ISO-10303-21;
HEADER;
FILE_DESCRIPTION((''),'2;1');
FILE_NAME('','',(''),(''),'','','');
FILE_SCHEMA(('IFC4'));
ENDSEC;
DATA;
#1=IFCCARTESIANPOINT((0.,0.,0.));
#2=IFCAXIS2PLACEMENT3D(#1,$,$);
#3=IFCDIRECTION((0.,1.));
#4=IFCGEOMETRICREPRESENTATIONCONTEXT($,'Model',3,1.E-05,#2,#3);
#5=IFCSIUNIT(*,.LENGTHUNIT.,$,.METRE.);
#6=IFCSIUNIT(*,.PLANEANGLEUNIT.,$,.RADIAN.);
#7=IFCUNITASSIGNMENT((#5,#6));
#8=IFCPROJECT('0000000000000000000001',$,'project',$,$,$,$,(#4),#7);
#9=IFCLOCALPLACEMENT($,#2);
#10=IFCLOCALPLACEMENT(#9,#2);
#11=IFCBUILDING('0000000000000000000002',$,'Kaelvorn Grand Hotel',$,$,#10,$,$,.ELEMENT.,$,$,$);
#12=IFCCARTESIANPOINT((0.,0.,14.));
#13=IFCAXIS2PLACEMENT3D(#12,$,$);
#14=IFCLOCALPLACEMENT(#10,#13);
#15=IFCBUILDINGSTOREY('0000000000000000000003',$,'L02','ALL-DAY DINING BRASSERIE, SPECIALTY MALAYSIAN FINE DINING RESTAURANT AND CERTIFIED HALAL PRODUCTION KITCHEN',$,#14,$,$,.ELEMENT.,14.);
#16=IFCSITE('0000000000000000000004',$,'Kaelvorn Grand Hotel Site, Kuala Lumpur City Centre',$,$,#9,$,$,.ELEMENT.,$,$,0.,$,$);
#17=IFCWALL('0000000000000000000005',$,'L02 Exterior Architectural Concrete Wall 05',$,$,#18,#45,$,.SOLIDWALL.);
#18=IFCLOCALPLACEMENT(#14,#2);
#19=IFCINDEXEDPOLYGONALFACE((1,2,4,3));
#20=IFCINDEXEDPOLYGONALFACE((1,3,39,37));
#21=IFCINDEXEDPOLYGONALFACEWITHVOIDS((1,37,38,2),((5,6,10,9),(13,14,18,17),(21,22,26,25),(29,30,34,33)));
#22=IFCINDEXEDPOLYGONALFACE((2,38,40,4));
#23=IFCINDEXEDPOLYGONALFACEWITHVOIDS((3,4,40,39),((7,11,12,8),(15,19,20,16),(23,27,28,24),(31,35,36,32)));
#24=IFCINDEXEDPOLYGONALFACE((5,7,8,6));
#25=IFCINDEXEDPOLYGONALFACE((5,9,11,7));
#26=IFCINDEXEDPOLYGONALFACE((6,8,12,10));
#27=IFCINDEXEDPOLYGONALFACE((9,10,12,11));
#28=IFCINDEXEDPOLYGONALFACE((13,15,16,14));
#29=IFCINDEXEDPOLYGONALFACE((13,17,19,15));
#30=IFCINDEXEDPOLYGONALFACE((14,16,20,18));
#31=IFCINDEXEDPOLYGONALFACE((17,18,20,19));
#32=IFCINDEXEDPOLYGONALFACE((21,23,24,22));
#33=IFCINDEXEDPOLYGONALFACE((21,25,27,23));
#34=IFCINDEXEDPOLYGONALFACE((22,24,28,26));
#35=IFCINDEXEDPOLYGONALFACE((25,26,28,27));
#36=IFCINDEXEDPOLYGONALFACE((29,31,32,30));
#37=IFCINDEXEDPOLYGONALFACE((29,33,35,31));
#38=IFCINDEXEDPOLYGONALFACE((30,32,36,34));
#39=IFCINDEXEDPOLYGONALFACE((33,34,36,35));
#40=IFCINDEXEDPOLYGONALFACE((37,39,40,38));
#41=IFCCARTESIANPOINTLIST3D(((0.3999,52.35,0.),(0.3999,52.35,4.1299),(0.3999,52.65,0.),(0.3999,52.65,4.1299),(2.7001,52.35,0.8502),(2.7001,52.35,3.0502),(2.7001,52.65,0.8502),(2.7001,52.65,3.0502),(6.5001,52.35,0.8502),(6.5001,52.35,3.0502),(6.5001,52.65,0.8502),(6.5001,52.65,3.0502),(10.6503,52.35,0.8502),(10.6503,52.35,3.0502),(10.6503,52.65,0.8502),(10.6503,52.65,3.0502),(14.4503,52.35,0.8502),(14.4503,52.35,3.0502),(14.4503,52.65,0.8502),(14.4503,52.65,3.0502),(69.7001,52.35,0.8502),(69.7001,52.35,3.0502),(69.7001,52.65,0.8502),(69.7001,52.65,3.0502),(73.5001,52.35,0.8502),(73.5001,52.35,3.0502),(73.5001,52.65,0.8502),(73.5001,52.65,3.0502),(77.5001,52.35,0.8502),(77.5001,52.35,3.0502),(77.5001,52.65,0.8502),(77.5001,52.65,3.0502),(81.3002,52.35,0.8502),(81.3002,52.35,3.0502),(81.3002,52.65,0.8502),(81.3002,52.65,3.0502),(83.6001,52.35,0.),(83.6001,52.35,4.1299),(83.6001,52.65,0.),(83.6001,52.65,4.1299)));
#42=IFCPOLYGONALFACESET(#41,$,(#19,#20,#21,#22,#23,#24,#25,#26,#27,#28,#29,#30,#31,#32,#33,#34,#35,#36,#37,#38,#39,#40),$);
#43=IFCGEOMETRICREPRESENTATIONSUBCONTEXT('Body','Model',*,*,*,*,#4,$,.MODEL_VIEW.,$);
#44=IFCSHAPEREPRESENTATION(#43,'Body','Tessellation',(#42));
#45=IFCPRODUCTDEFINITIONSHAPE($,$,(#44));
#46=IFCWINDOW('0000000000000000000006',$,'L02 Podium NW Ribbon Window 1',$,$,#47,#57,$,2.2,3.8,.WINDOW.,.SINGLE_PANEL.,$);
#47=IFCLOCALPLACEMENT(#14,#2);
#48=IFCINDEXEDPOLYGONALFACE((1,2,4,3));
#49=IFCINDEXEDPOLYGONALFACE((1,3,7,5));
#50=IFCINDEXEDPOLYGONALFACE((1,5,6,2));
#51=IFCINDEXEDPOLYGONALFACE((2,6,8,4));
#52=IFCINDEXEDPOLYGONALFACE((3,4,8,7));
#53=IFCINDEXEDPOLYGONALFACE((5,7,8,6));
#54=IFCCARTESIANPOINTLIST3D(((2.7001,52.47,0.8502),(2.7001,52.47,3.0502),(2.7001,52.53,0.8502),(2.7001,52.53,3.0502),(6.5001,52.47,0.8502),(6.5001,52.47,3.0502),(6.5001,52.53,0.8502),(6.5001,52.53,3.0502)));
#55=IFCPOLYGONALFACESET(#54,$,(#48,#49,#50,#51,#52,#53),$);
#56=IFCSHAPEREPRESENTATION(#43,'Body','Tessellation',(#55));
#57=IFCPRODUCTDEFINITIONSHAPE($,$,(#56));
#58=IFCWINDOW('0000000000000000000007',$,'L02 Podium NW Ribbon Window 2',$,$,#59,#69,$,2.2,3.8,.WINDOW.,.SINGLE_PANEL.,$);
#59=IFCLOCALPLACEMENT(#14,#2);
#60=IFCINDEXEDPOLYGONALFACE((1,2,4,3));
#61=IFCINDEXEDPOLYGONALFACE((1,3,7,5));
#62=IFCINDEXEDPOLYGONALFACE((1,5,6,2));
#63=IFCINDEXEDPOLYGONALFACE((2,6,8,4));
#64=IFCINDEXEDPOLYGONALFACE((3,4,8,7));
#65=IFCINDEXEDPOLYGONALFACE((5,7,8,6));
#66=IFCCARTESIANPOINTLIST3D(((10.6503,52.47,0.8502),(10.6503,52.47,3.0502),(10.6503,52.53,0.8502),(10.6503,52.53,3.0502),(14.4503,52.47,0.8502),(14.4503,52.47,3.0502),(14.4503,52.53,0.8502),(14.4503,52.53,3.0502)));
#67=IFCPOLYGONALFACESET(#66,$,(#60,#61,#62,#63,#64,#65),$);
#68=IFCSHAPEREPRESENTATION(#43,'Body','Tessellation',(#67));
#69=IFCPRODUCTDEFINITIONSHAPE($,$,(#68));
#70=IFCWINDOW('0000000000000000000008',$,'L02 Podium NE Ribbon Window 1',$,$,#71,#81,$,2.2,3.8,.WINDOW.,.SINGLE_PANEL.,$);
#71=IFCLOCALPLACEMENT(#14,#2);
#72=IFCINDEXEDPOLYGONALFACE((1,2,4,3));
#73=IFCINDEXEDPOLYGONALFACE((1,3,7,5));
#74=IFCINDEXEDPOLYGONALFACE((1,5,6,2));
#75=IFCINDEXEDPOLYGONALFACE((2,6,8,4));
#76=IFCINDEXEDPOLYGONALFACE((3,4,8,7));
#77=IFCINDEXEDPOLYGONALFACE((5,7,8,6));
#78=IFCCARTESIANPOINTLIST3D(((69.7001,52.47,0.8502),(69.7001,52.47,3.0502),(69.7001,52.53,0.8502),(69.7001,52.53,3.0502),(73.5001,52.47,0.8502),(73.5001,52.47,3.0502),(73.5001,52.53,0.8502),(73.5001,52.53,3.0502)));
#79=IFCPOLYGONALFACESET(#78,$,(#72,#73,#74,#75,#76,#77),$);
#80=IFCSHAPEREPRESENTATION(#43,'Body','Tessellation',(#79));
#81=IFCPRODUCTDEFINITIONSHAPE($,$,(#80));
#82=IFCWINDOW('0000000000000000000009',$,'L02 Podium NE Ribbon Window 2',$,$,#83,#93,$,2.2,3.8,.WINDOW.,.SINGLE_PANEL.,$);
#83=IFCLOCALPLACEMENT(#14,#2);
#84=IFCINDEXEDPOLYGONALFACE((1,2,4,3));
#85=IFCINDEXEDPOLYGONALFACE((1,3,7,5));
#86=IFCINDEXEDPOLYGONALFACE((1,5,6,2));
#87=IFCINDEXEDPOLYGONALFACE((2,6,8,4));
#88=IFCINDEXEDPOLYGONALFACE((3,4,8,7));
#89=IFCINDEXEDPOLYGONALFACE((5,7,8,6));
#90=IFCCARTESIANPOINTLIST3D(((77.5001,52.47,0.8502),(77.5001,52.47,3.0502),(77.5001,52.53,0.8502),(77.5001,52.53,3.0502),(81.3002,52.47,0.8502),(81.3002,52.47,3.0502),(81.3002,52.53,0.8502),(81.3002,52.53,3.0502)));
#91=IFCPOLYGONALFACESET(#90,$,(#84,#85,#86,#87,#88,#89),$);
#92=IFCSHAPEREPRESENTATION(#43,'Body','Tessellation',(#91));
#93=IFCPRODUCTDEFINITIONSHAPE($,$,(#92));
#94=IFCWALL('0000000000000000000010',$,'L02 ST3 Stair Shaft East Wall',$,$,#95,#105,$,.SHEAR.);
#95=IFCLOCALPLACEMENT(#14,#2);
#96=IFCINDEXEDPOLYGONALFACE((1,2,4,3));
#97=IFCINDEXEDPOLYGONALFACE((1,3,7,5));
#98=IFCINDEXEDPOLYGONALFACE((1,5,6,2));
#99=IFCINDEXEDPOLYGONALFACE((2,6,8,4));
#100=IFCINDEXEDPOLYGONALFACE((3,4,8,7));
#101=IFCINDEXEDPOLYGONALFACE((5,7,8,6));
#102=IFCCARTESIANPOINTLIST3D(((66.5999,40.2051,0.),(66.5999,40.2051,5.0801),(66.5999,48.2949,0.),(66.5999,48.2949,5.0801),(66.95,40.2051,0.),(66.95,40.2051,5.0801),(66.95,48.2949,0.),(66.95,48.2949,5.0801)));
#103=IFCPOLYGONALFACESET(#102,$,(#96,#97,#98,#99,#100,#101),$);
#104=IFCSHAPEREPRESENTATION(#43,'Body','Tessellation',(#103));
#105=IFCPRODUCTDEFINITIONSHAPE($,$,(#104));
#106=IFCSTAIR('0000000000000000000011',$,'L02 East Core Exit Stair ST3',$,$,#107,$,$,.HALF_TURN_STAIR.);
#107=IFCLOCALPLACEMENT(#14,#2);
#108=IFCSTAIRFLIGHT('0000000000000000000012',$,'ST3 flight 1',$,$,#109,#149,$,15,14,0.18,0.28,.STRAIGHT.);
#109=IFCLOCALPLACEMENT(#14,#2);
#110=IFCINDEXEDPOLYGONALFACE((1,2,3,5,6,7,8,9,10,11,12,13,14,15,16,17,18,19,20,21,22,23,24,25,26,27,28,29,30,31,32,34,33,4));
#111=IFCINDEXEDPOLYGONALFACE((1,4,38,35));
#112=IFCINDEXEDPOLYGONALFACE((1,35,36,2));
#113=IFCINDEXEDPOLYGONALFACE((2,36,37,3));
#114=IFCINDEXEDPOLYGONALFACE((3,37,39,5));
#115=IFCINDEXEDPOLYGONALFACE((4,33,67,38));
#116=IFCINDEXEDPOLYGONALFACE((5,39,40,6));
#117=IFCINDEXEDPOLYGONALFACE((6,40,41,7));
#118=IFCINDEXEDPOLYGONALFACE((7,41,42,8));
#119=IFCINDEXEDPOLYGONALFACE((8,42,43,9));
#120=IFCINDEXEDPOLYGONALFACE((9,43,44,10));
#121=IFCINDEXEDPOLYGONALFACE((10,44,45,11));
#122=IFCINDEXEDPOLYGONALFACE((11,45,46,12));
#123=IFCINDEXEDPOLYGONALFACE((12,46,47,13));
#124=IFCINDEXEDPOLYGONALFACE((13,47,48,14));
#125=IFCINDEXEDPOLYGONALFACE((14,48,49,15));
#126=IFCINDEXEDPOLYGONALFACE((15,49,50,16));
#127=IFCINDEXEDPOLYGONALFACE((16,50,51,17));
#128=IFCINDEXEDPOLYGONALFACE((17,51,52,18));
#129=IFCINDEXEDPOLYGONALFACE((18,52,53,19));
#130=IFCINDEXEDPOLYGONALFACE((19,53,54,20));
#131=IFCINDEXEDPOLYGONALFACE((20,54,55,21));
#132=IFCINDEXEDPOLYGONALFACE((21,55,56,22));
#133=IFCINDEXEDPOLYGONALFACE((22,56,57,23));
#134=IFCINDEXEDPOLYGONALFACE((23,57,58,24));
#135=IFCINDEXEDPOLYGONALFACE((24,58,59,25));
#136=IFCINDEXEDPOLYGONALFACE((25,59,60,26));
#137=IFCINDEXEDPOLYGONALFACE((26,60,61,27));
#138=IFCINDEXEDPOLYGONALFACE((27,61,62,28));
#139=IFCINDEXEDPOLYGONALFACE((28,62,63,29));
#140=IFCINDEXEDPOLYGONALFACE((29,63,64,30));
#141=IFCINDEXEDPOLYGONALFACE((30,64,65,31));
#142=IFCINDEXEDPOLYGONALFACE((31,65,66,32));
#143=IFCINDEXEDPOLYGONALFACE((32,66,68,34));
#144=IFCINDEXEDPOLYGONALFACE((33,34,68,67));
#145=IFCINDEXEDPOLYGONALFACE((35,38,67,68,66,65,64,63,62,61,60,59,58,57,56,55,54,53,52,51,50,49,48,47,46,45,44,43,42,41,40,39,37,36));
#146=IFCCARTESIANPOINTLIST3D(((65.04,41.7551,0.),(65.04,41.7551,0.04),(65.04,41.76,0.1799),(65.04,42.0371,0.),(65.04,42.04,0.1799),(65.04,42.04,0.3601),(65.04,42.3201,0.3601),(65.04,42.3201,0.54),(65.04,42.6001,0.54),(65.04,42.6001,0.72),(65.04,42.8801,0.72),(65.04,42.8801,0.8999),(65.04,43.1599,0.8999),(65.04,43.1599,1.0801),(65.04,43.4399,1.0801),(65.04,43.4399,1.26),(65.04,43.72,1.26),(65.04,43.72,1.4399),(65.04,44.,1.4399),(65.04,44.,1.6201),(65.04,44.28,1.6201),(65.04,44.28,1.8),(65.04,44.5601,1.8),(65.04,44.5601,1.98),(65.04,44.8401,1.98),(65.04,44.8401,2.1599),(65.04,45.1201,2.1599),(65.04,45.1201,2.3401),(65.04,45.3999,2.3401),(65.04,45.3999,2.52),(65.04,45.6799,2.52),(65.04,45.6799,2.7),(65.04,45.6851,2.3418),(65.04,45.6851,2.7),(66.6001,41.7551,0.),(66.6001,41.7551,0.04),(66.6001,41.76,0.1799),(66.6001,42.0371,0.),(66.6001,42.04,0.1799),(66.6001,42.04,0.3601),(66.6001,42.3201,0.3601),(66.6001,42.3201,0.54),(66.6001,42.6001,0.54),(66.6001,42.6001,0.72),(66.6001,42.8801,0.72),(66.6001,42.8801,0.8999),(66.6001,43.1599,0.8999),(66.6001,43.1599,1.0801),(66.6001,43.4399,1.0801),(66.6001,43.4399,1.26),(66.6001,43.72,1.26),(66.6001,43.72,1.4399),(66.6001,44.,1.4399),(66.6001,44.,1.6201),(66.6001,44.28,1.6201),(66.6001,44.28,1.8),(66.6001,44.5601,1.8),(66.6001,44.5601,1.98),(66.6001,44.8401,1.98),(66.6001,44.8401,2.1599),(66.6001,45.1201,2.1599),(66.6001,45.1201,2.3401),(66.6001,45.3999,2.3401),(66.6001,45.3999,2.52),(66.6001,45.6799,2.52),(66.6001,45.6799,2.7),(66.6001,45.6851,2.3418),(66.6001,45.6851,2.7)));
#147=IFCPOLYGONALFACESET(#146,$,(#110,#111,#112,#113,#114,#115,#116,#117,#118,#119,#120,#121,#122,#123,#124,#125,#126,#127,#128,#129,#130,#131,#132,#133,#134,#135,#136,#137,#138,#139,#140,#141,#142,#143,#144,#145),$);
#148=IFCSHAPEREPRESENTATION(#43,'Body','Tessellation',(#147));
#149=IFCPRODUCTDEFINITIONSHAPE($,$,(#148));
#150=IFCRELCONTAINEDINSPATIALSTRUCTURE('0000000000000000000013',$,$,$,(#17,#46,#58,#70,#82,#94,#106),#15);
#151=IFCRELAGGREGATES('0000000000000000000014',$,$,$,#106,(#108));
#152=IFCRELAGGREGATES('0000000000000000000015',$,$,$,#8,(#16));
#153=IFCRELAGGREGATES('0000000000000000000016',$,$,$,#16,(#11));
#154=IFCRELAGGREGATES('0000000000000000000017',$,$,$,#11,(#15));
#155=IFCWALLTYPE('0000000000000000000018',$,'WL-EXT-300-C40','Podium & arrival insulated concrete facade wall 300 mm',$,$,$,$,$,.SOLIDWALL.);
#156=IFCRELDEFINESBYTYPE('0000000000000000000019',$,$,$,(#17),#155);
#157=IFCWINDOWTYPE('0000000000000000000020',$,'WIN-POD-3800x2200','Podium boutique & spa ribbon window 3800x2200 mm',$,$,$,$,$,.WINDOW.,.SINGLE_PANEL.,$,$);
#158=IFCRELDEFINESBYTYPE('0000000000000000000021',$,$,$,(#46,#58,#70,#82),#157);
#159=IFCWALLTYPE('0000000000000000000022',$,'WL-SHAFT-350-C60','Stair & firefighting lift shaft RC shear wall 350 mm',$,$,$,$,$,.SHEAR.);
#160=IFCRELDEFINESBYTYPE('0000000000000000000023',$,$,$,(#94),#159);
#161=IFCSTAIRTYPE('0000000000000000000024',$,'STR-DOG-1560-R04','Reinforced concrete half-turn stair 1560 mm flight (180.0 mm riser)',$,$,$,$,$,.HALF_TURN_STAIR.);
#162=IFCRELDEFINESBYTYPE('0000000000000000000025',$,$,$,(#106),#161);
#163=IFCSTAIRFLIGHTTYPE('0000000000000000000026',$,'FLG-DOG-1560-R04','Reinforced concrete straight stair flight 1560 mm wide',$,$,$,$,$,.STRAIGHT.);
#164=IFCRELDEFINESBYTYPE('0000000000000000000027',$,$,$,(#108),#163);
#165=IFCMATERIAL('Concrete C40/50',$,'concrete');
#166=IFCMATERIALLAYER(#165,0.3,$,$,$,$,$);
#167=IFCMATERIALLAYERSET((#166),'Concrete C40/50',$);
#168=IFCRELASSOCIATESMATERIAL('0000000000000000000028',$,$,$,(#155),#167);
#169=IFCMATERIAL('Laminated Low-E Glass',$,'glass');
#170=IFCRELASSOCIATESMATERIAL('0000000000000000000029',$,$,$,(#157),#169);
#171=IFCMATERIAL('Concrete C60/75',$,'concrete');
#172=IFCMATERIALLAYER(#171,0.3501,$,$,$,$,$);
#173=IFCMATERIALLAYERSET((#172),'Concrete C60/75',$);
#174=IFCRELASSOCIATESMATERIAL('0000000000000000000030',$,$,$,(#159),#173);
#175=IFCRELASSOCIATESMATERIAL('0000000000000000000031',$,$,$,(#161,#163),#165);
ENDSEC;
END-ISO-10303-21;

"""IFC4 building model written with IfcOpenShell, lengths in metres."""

from ifc_helpers import new_model, si_unit, direction, frame, frame_2d, origin, place, context, subcontext, project, spatial, polyline, rectangle, outline, extrude, material, layer, layer_set, type_object, element, fill, aggregate, save


model = new_model("IFC4")

# Units and contexts
model_context = context("Model", 3, precision=1e-05, world=origin(), true_north=direction((0.0, 1.0)))
body_context = subcontext(model_context, "Body", "Model", "MODEL_VIEW")
ifc_project = project(units=[si_unit("LENGTHUNIT", "METRE"), si_unit("PLANEANGLEUNIT", "RADIAN")], contexts=[model_context])

# Site, building, storey
site_placement = place(None, origin())
site = spatial("IfcSite", under=ifc_project, at=site_placement, Name="Kaelvorn Grand Hotel Site, Kuala Lumpur City Centre", CompositionType="ELEMENT", RefElevation=0.0)
building_placement = place(site_placement, origin())
building = spatial("IfcBuilding", under=site, at=building_placement, Name="Kaelvorn Grand Hotel", CompositionType="ELEMENT")
storey_placement = place(building_placement, frame((0.0, 0.0, 14.0)))
storey = spatial("IfcBuildingStorey", under=building, at=storey_placement, Name="L02", Description="ALL-DAY DINING BRASSERIE, SPECIALTY MALAYSIAN FINE DINING RESTAURANT AND CERTIFIED HALAL PRODUCTION KITCHEN", CompositionType="ELEMENT", Elevation=14.0)

# Shared definitions
ifc_material_1 = material(Name="Concrete C60/75", Category="concrete")

# Shared definitions
ifc_material_2 = material(Name="Concrete C40/50", Category="concrete")
ifc_layer_1 = layer(ifc_material_2, 0.3)
ifc_layer_set_1 = layer_set([ifc_layer_1], Name="Concrete C40/50")
wall_type_1 = type_object("IfcWallType", Name="WL-EXT-300-C40", Description="Podium & arrival insulated concrete facade wall 300 mm", PredefinedType="SOLIDWALL", material=ifc_layer_set_1)
ifc_material_3 = material(Name="Laminated Low-E Glass", Category="glass")

# Wall, openings, windows
wall_1_placement = place(storey_placement, frame((83.6001, 52.5, 0.0), z_axis=(0.0, 0.0, 1.0), x_axis=(-1.0, 0.0, 0.0)))
wall_1 = element("IfcWall", 1, at=wall_1_placement, inside=storey, type_object=wall_type_1, Name="L02 Exterior Architectural Concrete Wall 05", PredefinedType="SOLIDWALL", context=body_context, shape_type="SweptSolid", body=[
    extrude(rectangle(XDim=83.2002, YDim=0.3, at=frame_2d((41.6001, 0.0))), origin(), (0.0, 0.0, 1.0), 4.1299),
])
opening_1_placement = place(wall_1_placement, frame((77.1001, 0.0, 0.8501)))
opening_1 = element("IfcOpeningElement", 2, at=opening_1_placement, cuts=wall_1, PredefinedType="OPENING", context=body_context, shape_type="SweptSolid", body=[
    extrude(rectangle(XDim=3.8, YDim=2.2, at=frame_2d((1.8999, 1.1001))), frame((0.0, 0.1602, 0.0), z_axis=(0.0, -1.0, 0.0), x_axis=(1.0, 0.0, 0.0)), (0.0, 0.0, 1.0), 0.3201),
])
opening_2_placement = place(wall_1_placement, frame((69.1499, 0.0, 0.8501)))
opening_2 = element("IfcOpeningElement", 3, at=opening_2_placement, cuts=wall_1, PredefinedType="OPENING", context=body_context, shape_type="SweptSolid", body=[
    extrude(rectangle(XDim=3.8, YDim=2.2, at=frame_2d((1.8999, 1.1001))), frame((0.0, 0.1602, 0.0), z_axis=(0.0, -1.0, 0.0), x_axis=(1.0, 0.0, 0.0)), (0.0, 0.0, 1.0), 0.3201),
])
opening_3_placement = place(wall_1_placement, frame((10.1001, 0.0, 0.8501)))
opening_3 = element("IfcOpeningElement", 4, at=opening_3_placement, cuts=wall_1, PredefinedType="OPENING", context=body_context, shape_type="SweptSolid", body=[
    extrude(rectangle(XDim=3.8, YDim=2.2, at=frame_2d((1.8999, 1.1001))), frame((0.0, 0.1602, 0.0), z_axis=(0.0, -1.0, 0.0), x_axis=(1.0, 0.0, 0.0)), (0.0, 0.0, 1.0), 0.3201),
])
opening_4_placement = place(wall_1_placement, frame((2.3, 0.0, 0.8501)))
opening_4 = element("IfcOpeningElement", 5, at=opening_4_placement, cuts=wall_1, PredefinedType="OPENING", context=body_context, shape_type="SweptSolid", body=[
    extrude(rectangle(XDim=3.8, YDim=2.2, at=frame_2d((1.8999, 1.1001))), frame((0.0, 0.1602, 0.0), z_axis=(0.0, -1.0, 0.0), x_axis=(1.0, 0.0, 0.0)), (0.0, 0.0, 1.0), 0.3201),
])
window_type_1 = type_object("IfcWindowType", Name="WIN-POD-3800x2200", Description="Podium boutique & spa ribbon window 3800x2200 mm", PartitioningType="SINGLE_PANEL", PredefinedType="WINDOW", material=ifc_material_3)
window_1_placement = place(opening_1_placement, origin())
window_1 = element("IfcWindow", 6, at=window_1_placement, inside=storey, type_object=window_type_1, Name="L02 Podium NW Ribbon Window 1", OverallHeight=2.2, OverallWidth=3.8, PartitioningType="SINGLE_PANEL", PredefinedType="WINDOW", context=body_context, shape_type="SweptSolid", body=[
    extrude(rectangle(XDim=3.8, YDim=2.2, at=frame_2d((1.8999, 1.1001))), frame((0.0, 0.03, 0.0), z_axis=(0.0, -1.0, 0.0), x_axis=(1.0, 0.0, 0.0)), (0.0, 0.0, 1.0), 0.0601),
])
fill(opening_1, window_1)
window_2_placement = place(opening_2_placement, origin())
window_2 = element("IfcWindow", 7, at=window_2_placement, inside=storey, type_object=window_type_1, Name="L02 Podium NW Ribbon Window 2", OverallHeight=2.2, OverallWidth=3.8, PartitioningType="SINGLE_PANEL", PredefinedType="WINDOW", context=body_context, shape_type="SweptSolid", body=[
    extrude(rectangle(XDim=3.8, YDim=2.2, at=frame_2d((1.8999, 1.1001))), frame((0.0, 0.03, 0.0), z_axis=(0.0, -1.0, 0.0), x_axis=(1.0, 0.0, 0.0)), (0.0, 0.0, 1.0), 0.0601),
])
fill(opening_2, window_2)
window_3_placement = place(opening_3_placement, origin())
window_3 = element("IfcWindow", 8, at=window_3_placement, inside=storey, type_object=window_type_1, Name="L02 Podium NE Ribbon Window 1", OverallHeight=2.2, OverallWidth=3.8, PartitioningType="SINGLE_PANEL", PredefinedType="WINDOW", context=body_context, shape_type="SweptSolid", body=[
    extrude(rectangle(XDim=3.8, YDim=2.2, at=frame_2d((1.8999, 1.1001))), frame((0.0, 0.03, 0.0), z_axis=(0.0, -1.0, 0.0), x_axis=(1.0, 0.0, 0.0)), (0.0, 0.0, 1.0), 0.0601),
])
fill(opening_3, window_3)
window_4_placement = place(opening_4_placement, origin())
window_4 = element("IfcWindow", 9, at=window_4_placement, inside=storey, type_object=window_type_1, Name="L02 Podium NE Ribbon Window 2", OverallHeight=2.2, OverallWidth=3.8, PartitioningType="SINGLE_PANEL", PredefinedType="WINDOW", context=body_context, shape_type="SweptSolid", body=[
    extrude(rectangle(XDim=3.8, YDim=2.2, at=frame_2d((1.8999, 1.1001))), frame((0.0, 0.03, 0.0), z_axis=(0.0, -1.0, 0.0), x_axis=(1.0, 0.0, 0.0)), (0.0, 0.0, 1.0), 0.0601),
])
fill(opening_4, window_4)

# Wall
ifc_layer_2 = layer(ifc_material_1, 0.3501)
ifc_layer_set_2 = layer_set([ifc_layer_2], Name="Concrete C60/75")
wall_type_2 = type_object("IfcWallType", Name="WL-SHAFT-350-C60", Description="Stair & firefighting lift shaft RC shear wall 350 mm", PredefinedType="SHEAR", material=ifc_layer_set_2)
wall_2_placement = place(storey_placement, frame((66.7749, 40.2051, 0.0), z_axis=(0.0, 0.0, 1.0), x_axis=(0.0, 1.0, 0.0)))
element("IfcWall", 10, at=wall_2_placement, inside=storey, type_object=wall_type_2, Name="L02 ST3 Stair Shaft East Wall", PredefinedType="SHEAR", context=body_context, shape_type="SweptSolid", body=[
    extrude(rectangle(XDim=8.0898, YDim=0.3501, at=frame_2d((4.0449, 0.0))), origin(), (0.0, 0.0, 1.0), 5.0801),
])

# Stair, stair flight
stair_type = type_object("IfcStairType", Name="STR-DOG-1560-R04", Description="Reinforced concrete half-turn stair 1560 mm flight (180.0 mm riser)", PredefinedType="HALF_TURN_STAIR", material=ifc_material_2)
stair_placement = place(storey_placement, origin())
stair = element("IfcStair", 11, at=stair_placement, inside=storey, type_object=stair_type, Name="L02 East Core Exit Stair ST3", PredefinedType="HALF_TURN_STAIR")
stair_flight_type = type_object("IfcStairFlightType", Name="FLG-DOG-1560-R04", Description="Reinforced concrete straight stair flight 1560 mm wide", PredefinedType="STRAIGHT", material=ifc_material_2)
stair_flight_1_placement = place(storey_placement, frame((65.8201, 41.76, 0.0), z_axis=(0.0, 0.0, 1.0), x_axis=(0.0, 1.0, 0.0)))
stair_flight_1 = element("IfcStairFlight", 12, at=stair_flight_1_placement, type_object=stair_flight_type, Name="ST3 flight 1", NumberOfRisers=15, NumberOfTreads=14, PredefinedType="STRAIGHT", RiserHeight=0.18, TreadLength=0.28, context=body_context, shape_type="SweptSolid", body=[
    extrude(outline(polyline([(-0.0049, 0.0), (-0.0049, 0.04), (0.0, 0.1799), (0.28, 0.1799), (0.28, 0.3601), (0.5601, 0.3601), (0.5601, 0.54), (0.8401, 0.54), (0.8401, 0.72), (1.1201, 0.72), (1.1201, 0.8999), (1.3999, 0.8999), (1.3999, 1.0801), (1.6799, 1.0801), (1.6799, 1.26), (1.96, 1.26), (1.96, 1.4399), (2.24, 1.4399), (2.24, 1.6201), (2.52, 1.6201), (2.52, 1.8), (2.8, 1.8), (2.8, 1.98), (3.0801, 1.98), (3.0801, 2.1599), (3.3601, 2.1599), (3.3601, 2.3401), (3.6399, 2.3401), (3.6399, 2.52), (3.9199, 2.52), (3.9199, 2.7), (3.925, 2.7), (3.925, 2.3418), (0.2771, 0.0), (-0.0049, 0.0)])), frame((0.0, 0.78, 0.0), z_axis=(0.0, -1.0, 0.0), x_axis=(1.0, 0.0, 0.0)), (0.0, 0.0, 1.0), 1.5601),
])
aggregate(stair, [stair_flight_1])

save(model, "model.ifc")
